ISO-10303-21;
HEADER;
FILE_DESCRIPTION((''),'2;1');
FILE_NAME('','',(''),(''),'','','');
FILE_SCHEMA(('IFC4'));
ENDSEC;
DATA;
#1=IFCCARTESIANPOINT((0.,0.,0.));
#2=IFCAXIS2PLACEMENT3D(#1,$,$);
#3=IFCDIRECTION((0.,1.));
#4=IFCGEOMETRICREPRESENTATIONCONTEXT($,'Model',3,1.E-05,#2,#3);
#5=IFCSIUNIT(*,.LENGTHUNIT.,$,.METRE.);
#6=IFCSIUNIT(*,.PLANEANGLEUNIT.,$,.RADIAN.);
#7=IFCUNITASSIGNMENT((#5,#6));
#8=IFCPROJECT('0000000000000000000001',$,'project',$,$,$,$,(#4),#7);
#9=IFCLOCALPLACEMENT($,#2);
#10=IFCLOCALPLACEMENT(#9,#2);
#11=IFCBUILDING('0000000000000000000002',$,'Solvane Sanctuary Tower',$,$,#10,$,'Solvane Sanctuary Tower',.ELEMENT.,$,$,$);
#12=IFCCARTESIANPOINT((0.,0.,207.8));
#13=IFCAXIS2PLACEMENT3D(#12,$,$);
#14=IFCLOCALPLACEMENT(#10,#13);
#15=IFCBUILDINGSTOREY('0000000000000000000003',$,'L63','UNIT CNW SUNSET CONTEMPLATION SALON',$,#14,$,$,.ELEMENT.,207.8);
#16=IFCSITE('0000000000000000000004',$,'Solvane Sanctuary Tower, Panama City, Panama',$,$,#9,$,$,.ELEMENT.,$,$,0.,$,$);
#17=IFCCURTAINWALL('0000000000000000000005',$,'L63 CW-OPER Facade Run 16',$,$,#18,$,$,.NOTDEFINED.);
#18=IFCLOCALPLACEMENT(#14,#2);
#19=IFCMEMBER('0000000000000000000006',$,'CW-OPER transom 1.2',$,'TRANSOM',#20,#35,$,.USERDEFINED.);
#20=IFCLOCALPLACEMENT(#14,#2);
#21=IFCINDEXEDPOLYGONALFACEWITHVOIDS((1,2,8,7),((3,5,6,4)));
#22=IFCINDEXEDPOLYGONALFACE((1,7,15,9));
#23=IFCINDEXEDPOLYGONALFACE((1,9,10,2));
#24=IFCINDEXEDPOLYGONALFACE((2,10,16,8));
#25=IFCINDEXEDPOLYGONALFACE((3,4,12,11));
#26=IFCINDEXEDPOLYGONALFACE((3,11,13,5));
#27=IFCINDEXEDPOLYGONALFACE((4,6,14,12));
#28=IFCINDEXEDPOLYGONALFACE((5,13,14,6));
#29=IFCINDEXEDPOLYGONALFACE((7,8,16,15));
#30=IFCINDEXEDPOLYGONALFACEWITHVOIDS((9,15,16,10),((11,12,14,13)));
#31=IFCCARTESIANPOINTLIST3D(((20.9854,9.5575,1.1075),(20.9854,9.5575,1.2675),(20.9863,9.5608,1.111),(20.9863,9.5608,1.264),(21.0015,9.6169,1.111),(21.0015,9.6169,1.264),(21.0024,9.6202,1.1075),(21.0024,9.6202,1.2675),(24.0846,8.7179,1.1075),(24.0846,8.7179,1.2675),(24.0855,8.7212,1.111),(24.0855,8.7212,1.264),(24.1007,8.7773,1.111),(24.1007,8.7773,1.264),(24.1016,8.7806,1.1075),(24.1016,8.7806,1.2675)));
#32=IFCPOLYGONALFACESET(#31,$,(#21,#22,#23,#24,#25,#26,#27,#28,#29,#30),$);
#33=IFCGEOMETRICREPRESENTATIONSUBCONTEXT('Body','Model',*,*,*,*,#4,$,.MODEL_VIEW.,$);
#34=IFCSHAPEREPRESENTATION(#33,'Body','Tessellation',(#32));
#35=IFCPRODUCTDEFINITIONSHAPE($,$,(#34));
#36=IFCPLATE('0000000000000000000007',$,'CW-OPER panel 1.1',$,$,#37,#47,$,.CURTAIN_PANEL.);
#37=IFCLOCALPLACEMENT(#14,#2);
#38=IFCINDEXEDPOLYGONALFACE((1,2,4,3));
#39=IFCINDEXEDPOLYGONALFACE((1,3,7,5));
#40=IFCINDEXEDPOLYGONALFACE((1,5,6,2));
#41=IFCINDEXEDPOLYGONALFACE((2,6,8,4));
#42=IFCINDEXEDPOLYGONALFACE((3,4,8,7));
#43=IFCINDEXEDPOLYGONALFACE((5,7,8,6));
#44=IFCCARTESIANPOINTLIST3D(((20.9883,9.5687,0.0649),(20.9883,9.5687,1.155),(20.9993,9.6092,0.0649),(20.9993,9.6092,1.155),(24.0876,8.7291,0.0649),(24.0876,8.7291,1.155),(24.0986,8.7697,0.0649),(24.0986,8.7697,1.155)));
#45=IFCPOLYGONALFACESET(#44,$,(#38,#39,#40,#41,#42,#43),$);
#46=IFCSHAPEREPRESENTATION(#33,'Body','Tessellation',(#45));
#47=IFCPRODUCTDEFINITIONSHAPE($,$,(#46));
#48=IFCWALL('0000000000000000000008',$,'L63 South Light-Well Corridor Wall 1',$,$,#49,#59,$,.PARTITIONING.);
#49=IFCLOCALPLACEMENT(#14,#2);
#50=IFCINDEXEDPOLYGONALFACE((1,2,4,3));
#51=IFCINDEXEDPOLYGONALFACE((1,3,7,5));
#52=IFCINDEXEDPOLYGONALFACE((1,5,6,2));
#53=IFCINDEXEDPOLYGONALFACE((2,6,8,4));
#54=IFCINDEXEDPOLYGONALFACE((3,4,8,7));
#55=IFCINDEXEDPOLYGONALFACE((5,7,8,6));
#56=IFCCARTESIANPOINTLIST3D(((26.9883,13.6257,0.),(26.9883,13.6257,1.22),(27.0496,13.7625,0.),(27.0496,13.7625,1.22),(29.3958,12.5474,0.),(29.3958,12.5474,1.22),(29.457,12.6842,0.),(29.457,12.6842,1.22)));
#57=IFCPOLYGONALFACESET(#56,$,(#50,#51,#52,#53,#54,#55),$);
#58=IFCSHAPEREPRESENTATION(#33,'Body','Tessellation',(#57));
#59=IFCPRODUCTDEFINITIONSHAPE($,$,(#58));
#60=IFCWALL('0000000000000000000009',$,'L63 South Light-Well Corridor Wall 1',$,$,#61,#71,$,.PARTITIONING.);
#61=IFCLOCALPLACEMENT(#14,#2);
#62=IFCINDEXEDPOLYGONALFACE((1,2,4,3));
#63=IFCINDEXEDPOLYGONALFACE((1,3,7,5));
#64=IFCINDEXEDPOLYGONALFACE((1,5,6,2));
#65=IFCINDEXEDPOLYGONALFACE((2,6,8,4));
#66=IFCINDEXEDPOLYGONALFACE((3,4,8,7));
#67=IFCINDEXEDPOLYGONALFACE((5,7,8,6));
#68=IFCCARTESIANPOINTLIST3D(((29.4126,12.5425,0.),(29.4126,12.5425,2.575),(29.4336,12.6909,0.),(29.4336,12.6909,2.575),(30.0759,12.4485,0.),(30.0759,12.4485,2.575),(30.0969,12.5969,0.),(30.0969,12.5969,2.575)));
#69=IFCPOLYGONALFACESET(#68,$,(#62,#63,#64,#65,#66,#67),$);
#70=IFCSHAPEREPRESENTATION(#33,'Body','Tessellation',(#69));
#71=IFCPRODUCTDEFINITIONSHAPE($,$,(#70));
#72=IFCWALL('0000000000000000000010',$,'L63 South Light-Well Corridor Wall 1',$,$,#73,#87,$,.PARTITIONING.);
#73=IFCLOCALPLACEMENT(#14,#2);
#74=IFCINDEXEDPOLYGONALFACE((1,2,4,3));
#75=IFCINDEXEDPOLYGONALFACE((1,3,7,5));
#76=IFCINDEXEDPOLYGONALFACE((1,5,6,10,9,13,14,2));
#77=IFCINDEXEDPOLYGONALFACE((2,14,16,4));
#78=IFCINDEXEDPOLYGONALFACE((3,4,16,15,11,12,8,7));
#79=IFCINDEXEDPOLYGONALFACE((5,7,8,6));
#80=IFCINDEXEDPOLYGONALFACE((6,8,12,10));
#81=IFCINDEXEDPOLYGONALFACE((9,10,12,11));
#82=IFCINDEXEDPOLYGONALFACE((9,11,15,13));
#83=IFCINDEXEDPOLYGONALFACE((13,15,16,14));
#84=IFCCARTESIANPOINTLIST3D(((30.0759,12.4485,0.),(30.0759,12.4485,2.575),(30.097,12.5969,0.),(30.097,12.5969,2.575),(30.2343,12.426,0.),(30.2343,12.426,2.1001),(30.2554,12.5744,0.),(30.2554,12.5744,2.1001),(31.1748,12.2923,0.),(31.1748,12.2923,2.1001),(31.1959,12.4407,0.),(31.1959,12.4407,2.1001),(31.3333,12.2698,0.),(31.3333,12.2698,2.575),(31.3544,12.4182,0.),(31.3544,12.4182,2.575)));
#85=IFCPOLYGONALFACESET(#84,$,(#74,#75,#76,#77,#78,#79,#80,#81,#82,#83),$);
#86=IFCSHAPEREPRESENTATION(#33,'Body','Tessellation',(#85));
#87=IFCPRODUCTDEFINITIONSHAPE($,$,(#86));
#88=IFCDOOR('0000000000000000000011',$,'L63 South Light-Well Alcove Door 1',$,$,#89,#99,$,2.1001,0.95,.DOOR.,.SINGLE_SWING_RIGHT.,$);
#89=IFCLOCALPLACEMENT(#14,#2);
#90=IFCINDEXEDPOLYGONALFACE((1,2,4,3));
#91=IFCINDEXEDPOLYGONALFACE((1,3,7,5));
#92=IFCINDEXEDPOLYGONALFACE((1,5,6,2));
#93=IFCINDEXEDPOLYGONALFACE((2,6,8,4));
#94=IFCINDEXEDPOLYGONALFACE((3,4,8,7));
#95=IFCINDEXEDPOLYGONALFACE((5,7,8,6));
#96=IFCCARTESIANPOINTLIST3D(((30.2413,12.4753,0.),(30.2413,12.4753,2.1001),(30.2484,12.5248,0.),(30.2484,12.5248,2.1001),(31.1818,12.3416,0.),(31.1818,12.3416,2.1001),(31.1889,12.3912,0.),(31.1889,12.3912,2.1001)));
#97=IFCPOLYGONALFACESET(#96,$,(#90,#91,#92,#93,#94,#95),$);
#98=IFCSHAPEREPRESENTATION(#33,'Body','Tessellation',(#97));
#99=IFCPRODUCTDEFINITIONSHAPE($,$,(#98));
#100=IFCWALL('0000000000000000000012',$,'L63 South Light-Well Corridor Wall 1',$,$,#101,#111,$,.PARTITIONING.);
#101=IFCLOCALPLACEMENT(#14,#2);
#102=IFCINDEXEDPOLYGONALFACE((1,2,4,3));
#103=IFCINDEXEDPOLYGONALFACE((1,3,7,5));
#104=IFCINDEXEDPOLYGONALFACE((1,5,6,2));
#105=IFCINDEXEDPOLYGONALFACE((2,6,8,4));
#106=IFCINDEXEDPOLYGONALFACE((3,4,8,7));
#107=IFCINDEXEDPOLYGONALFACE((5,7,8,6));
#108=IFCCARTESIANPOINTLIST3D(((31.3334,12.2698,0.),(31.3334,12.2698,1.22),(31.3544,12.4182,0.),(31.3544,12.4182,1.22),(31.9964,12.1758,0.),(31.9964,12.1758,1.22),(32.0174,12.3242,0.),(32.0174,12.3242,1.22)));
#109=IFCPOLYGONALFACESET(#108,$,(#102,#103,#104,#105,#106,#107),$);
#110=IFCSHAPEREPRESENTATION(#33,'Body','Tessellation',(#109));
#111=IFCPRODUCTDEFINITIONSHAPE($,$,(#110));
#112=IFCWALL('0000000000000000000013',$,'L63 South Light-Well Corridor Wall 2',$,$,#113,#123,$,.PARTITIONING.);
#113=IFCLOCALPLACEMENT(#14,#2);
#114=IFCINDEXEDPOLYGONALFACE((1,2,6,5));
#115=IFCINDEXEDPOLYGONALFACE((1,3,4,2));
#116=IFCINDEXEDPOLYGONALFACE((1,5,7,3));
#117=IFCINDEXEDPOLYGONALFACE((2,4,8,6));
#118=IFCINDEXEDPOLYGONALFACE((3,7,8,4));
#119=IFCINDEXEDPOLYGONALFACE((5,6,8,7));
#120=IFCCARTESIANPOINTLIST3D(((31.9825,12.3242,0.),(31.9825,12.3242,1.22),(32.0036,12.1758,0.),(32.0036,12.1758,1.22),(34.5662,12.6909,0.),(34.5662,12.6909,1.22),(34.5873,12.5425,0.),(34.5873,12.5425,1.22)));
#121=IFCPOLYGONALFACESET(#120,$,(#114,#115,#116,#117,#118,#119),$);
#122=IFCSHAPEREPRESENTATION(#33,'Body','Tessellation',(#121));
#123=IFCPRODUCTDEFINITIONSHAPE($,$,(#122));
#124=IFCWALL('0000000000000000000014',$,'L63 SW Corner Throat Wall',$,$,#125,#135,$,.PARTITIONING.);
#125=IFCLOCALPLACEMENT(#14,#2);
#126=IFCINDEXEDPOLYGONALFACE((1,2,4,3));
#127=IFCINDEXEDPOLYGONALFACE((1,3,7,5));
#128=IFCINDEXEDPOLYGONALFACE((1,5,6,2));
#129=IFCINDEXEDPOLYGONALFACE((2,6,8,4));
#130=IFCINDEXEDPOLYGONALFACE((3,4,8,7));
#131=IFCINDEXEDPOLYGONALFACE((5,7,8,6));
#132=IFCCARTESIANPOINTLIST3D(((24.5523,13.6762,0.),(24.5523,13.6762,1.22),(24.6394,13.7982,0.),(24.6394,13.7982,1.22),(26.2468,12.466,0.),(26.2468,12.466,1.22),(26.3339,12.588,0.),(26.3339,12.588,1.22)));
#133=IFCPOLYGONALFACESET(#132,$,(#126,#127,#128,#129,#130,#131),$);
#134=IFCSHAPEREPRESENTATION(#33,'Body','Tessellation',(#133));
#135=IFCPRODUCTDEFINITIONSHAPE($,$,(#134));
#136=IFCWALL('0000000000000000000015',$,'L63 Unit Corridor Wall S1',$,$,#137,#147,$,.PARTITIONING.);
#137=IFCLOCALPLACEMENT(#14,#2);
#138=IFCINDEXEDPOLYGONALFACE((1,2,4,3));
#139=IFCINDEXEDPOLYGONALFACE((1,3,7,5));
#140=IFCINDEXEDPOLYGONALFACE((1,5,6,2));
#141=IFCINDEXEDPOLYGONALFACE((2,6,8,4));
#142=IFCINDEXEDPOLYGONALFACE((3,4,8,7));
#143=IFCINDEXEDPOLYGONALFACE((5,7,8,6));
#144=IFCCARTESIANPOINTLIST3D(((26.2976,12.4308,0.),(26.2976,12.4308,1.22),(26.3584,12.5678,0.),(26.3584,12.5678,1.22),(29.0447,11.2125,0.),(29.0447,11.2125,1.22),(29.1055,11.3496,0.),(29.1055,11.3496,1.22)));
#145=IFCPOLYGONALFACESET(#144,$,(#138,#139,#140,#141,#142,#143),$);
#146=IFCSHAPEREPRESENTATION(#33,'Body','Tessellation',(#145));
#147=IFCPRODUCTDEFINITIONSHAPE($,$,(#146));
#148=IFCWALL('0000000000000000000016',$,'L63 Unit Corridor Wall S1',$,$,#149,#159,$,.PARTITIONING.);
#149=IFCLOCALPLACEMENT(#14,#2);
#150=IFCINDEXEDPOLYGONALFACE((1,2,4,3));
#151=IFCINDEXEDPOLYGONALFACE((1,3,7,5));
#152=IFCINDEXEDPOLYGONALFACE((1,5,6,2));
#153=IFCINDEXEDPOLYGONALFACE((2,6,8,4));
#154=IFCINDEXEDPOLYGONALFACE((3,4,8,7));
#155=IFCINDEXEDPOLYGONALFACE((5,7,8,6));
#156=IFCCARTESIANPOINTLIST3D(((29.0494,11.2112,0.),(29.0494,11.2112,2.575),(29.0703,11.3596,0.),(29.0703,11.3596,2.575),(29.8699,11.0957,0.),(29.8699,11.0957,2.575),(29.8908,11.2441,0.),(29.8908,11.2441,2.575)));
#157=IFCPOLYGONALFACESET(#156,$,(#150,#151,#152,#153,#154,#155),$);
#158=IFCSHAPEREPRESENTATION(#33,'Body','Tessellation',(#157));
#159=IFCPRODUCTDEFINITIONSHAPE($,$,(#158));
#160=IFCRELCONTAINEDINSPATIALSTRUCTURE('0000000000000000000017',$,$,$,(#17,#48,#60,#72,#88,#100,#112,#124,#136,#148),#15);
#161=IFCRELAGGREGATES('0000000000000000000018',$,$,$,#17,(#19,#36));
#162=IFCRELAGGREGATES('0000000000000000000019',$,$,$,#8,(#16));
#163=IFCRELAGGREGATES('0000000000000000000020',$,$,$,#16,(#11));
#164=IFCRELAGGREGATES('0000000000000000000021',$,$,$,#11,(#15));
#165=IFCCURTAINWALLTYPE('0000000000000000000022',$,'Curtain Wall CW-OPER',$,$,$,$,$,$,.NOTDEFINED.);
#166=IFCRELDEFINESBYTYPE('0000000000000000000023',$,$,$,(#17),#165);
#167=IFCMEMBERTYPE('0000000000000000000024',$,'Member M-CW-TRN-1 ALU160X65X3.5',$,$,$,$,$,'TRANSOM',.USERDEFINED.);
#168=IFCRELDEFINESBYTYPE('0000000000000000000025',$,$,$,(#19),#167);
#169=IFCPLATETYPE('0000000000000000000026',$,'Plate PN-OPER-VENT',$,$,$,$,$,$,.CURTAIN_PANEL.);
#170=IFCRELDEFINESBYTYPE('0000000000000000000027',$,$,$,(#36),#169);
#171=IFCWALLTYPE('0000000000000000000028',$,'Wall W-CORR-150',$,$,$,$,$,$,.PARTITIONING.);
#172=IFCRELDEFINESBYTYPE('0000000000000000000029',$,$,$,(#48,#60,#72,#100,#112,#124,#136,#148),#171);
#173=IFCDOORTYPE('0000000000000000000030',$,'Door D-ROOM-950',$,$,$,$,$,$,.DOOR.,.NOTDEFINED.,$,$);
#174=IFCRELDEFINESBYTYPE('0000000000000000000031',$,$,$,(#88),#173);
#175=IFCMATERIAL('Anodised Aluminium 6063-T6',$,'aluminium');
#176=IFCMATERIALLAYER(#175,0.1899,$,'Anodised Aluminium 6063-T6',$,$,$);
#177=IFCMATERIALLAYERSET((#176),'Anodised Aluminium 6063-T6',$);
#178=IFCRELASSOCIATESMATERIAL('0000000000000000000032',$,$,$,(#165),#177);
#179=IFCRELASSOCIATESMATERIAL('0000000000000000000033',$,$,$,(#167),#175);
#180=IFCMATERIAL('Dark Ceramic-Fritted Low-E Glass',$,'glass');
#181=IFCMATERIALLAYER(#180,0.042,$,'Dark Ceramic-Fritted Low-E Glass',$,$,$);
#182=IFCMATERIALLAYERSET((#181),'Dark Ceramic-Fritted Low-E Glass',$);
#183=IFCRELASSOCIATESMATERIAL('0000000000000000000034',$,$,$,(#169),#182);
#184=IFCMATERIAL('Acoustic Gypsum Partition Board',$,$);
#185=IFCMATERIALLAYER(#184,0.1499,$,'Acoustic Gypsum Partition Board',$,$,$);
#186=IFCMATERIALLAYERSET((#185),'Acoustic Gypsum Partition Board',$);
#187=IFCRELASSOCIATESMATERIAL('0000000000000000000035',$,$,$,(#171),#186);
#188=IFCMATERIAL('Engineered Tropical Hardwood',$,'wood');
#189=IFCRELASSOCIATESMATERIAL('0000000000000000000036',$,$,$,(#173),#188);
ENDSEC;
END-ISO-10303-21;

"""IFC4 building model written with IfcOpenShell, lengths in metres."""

from ifc_helpers import new_model, si_unit, direction, frame, frame_2d, origin, origin_2d, place, context, subcontext, project, spatial, rectangle, hollow_rectangle, extrude, material, layer, layer_set, material_profile, profile_set, type_object, element, fill, aggregate, save


model = new_model("IFC4")

# Units and contexts
model_context = context("Model", 3, precision=1e-05, world=origin(), true_north=direction((0.0, 1.0)))
body_context = subcontext(model_context, "Body", "Model", "MODEL_VIEW")
ifc_project = project(units=[si_unit("LENGTHUNIT", "METRE"), si_unit("PLANEANGLEUNIT", "RADIAN")], contexts=[model_context])

# Site, building, storey
site_placement = place(None, origin())
site = spatial("IfcSite", under=ifc_project, at=site_placement, Name="Solvane Sanctuary Tower, Panama City, Panama", CompositionType="ELEMENT", RefElevation=0.0)
building_placement = place(site_placement, origin())
building = spatial("IfcBuilding", under=site, at=building_placement, Name="Solvane Sanctuary Tower", LongName="Solvane Sanctuary Tower", CompositionType="ELEMENT")
storey_placement = place(building_placement, frame((0.0, 0.0, 207.8)))
storey = spatial("IfcBuildingStorey", under=building, at=storey_placement, Name="L63", Description="UNIT CNW SUNSET CONTEMPLATION SALON", CompositionType="ELEMENT", Elevation=207.8)

# Curtain wall, member, plate
ifc_material_1 = material(Name="Anodised Aluminium 6063-T6", Category="aluminium")
ifc_layer_1 = layer(ifc_material_1, 0.1899, Name="Anodised Aluminium 6063-T6")
ifc_layer_set_1 = layer_set([ifc_layer_1], Name="Anodised Aluminium 6063-T6")
curtain_wall_type = type_object("IfcCurtainWallType", Name="Curtain Wall CW-OPER", PredefinedType="NOTDEFINED", material=ifc_layer_set_1)
curtain_wall_placement = place(storey_placement, origin())
curtain_wall = element("IfcCurtainWall", 1, at=curtain_wall_placement, inside=storey, type_object=curtain_wall_type, Name="L63 CW-OPER Facade Run 16", PredefinedType="NOTDEFINED")
ifc_material_profile_1 = material_profile(ifc_material_1, hollow_rectangle(XDim=0.0649, YDim=0.1599, WallThickness=0.0034, at=origin_2d()), Name="ALU160X65X3.5")
ifc_profile_set_1 = profile_set([ifc_material_profile_1], Name="Anodised Aluminium 6063-T6")
member_type_1 = type_object("IfcMemberType", Name="Member M-CW-TRN-1 ALU160X65X3.5", ElementType="TRANSOM", PredefinedType="USERDEFINED", material=ifc_profile_set_1)
member_1_placement = place(storey_placement, frame((20.9939, 9.5889, 1.1875), z_axis=(0.965206, -0.261489, 0.0), x_axis=(0.261489, 0.965206, 0.0)))
member_1 = element("IfcMember", 2, at=member_1_placement, type_object=member_type_1, Name="CW-OPER transom 1.2", ObjectType="TRANSOM", PredefinedType="USERDEFINED", context=body_context, shape_type="SweptSolid", body=[
    extrude(hollow_rectangle(XDim=0.0649, YDim=0.1599, WallThickness=0.0034, at=origin_2d()), origin(), (0.0, 0.0, 1.0), 3.2109),
])
ifc_material_2 = material(Name="Dark Ceramic-Fritted Low-E Glass", Category="glass")
ifc_layer_2 = layer(ifc_material_2, 0.042, Name="Dark Ceramic-Fritted Low-E Glass")
ifc_layer_set_2 = layer_set([ifc_layer_2], Name="Dark Ceramic-Fritted Low-E Glass")
plate_type = type_object("IfcPlateType", Name="Plate PN-OPER-VENT", PredefinedType="CURTAIN_PANEL", material=ifc_layer_set_2)
plate_placement = place(storey_placement, frame((22.5435, 9.1692, 0.0649), z_axis=(0.0, 0.0, 1.0), x_axis=(0.965212, -0.261468, 0.0)))
plate = element("IfcPlate", 3, at=plate_placement, type_object=plate_type, Name="CW-OPER panel 1.1", PredefinedType="CURTAIN_PANEL", context=body_context, shape_type="SweptSolid", body=[
    extrude(rectangle(XDim=3.2109, YDim=0.042, at=origin_2d()), origin(), (0.0, 0.0, 1.0), 1.0901),
])
aggregate(curtain_wall, [member_1, plate])

# Walls
ifc_material_3 = material(Name="Acoustic Gypsum Partition Board")
ifc_layer_3 = layer(ifc_material_3, 0.1499, Name="Acoustic Gypsum Partition Board")
ifc_layer_set_3 = layer_set([ifc_layer_3], Name="Acoustic Gypsum Partition Board")
wall_type_1 = type_object("IfcWallType", Name="Wall W-CORR-150", PredefinedType="PARTITIONING", material=ifc_layer_set_3)
wall_1_placement = place(storey_placement, frame((27.019, 13.6941, 0.0), z_axis=(0.0, 0.0, 1.0), x_axis=(0.912628, -0.40879, 0.0)))
element("IfcWall", 4, at=wall_1_placement, inside=storey, type_object=wall_type_1, Name="L63 South Light-Well Corridor Wall 1", PredefinedType="PARTITIONING", context=body_context, shape_type="SweptSolid", body=[
    extrude(rectangle(XDim=2.6379, YDim=0.1499, at=frame_2d((1.3188, 0.0))), origin(), (0.0, 0.0, 1.0), 1.22),
])
wall_2_placement = place(storey_placement, frame((29.4231, 12.6167, 0.0), z_axis=(0.0, 0.0, 1.0), x_axis=(0.990109, -0.140299, 0.0)))
element("IfcWall", 5, at=wall_2_placement, inside=storey, type_object=wall_type_1, Name="L63 South Light-Well Corridor Wall 1", PredefinedType="PARTITIONING", context=body_context, shape_type="SweptSolid", body=[
    extrude(rectangle(XDim=0.6699, YDim=0.1499, at=frame_2d((0.335, 0.0))), origin(), (0.0, 0.0, 1.0), 2.575),
])

# Wall, opening, door
wall_3_placement = place(storey_placement, frame((30.0864, 12.5227, 0.0), z_axis=(0.0, 0.0, 1.0), x_axis=(0.990049, -0.140722, 0.0)))
wall_3 = element("IfcWall", 6, at=wall_3_placement, inside=storey, type_object=wall_type_1, Name="L63 South Light-Well Corridor Wall 1", PredefinedType="PARTITIONING", context=body_context, shape_type="SweptSolid", body=[
    extrude(rectangle(XDim=1.27, YDim=0.1499, at=frame_2d((0.635, 0.0))), origin(), (0.0, 0.0, 1.0), 2.575),
])
opening_1_placement = place(wall_3_placement, frame((0.1599, 0.0, 0.0)))
opening_1 = element("IfcOpeningElement", 7, at=opening_1_placement, cuts=wall_3, PredefinedType="OPENING", context=body_context, shape_type="SweptSolid", body=[
    extrude(rectangle(XDim=0.95, YDim=2.1001, at=frame_2d((0.4751, 1.05))), frame((0.0, 0.085, 0.0), z_axis=(0.0, -1.0, 0.0), x_axis=(1.0, 0.0, 0.0)), (0.0, 0.0, 1.0), 0.1699),
])
ifc_material_4 = material(Name="Engineered Tropical Hardwood", Category="wood")
door_type_1 = type_object("IfcDoorType", Name="Door D-ROOM-950", OperationType="NOTDEFINED", PredefinedType="DOOR", material=ifc_material_4)
door_1_placement = place(opening_1_placement, origin())
door_1 = element("IfcDoor", 8, at=door_1_placement, inside=storey, type_object=door_type_1, Name="L63 South Light-Well Alcove Door 1", OperationType="SINGLE_SWING_RIGHT", OverallHeight=2.1001, OverallWidth=0.95, PredefinedType="DOOR", context=body_context, shape_type="SweptSolid", body=[
    extrude(rectangle(XDim=0.95, YDim=2.1001, at=frame_2d((0.4751, 1.05))), frame((0.0, 0.0249, 0.0), z_axis=(0.0, -1.0, 0.0), x_axis=(1.0, 0.0, 0.0)), (0.0, 0.0, 1.0), 0.05),
])
fill(opening_1, door_1)

# Walls
wall_4_placement = place(storey_placement, frame((31.3438, 12.344, 0.0), z_axis=(0.0, 0.0, 1.0), x_axis=(0.990102, -0.14035, 0.0)))
element("IfcWall", 9, at=wall_4_placement, inside=storey, type_object=wall_type_1, Name="L63 South Light-Well Corridor Wall 1", PredefinedType="PARTITIONING", context=body_context, shape_type="SweptSolid", body=[
    extrude(rectangle(XDim=0.6697, YDim=0.1499, at=frame_2d((0.335, 0.0))), origin(), (0.0, 0.0, 1.0), 1.22),
])
wall_5_placement = place(storey_placement, frame((31.9932, 12.25, 0.0), z_axis=(0.0, 0.0, 1.0), x_axis=(0.990078, 0.140518, 0.0)))
element("IfcWall", 10, at=wall_5_placement, inside=storey, type_object=wall_type_1, Name="L63 South Light-Well Corridor Wall 2", PredefinedType="PARTITIONING", context=body_context, shape_type="SweptSolid", body=[
    extrude(rectangle(XDim=2.6096, YDim=0.1499, at=frame_2d((1.3047, 0.0))), origin(), (0.0, 0.0, 1.0), 1.22),
])
wall_6_placement = place(storey_placement, frame((26.2903, 12.5271, 0.0), z_axis=(0.0, 0.0, 1.0), x_axis=(-0.813781, 0.581172, 0.0)))
element("IfcWall", 11, at=wall_6_placement, inside=storey, type_object=wall_type_1, Name="L63 SW Corner Throat Wall", PredefinedType="PARTITIONING", context=body_context, shape_type="SweptSolid", body=[
    extrude(rectangle(XDim=2.0823, YDim=0.1499, at=frame_2d((1.041, 0.0))), origin(), (0.0, 0.0, 1.0), 1.22),
])
wall_7_placement = place(storey_placement, frame((26.3281, 12.4993, 0.0), z_axis=(0.0, 0.0, 1.0), x_axis=(0.91414, -0.4054, 0.0)))
element("IfcWall", 12, at=wall_7_placement, inside=storey, type_object=wall_type_1, Name="L63 Unit Corridor Wall S1", PredefinedType="PARTITIONING", context=body_context, shape_type="SweptSolid", body=[
    extrude(rectangle(XDim=3.0051, YDim=0.1499, at=frame_2d((1.5024, 0.0))), origin(), (0.0, 0.0, 1.0), 1.22),
])
wall_8_placement = place(storey_placement, frame((29.0598, 11.2854, 0.0), z_axis=(0.0, 0.0, 1.0), x_axis=(0.990242, -0.139359, 0.0)))
element("IfcWall", 13, at=wall_8_placement, inside=storey, type_object=wall_type_1, Name="L63 Unit Corridor Wall S1", PredefinedType="PARTITIONING", context=body_context, shape_type="SweptSolid", body=[
    extrude(rectangle(XDim=0.8286, YDim=0.1499, at=frame_2d((0.4143, 0.0))), origin(), (0.0, 0.0, 1.0), 2.575),
])

save(model, "model.ifc")
